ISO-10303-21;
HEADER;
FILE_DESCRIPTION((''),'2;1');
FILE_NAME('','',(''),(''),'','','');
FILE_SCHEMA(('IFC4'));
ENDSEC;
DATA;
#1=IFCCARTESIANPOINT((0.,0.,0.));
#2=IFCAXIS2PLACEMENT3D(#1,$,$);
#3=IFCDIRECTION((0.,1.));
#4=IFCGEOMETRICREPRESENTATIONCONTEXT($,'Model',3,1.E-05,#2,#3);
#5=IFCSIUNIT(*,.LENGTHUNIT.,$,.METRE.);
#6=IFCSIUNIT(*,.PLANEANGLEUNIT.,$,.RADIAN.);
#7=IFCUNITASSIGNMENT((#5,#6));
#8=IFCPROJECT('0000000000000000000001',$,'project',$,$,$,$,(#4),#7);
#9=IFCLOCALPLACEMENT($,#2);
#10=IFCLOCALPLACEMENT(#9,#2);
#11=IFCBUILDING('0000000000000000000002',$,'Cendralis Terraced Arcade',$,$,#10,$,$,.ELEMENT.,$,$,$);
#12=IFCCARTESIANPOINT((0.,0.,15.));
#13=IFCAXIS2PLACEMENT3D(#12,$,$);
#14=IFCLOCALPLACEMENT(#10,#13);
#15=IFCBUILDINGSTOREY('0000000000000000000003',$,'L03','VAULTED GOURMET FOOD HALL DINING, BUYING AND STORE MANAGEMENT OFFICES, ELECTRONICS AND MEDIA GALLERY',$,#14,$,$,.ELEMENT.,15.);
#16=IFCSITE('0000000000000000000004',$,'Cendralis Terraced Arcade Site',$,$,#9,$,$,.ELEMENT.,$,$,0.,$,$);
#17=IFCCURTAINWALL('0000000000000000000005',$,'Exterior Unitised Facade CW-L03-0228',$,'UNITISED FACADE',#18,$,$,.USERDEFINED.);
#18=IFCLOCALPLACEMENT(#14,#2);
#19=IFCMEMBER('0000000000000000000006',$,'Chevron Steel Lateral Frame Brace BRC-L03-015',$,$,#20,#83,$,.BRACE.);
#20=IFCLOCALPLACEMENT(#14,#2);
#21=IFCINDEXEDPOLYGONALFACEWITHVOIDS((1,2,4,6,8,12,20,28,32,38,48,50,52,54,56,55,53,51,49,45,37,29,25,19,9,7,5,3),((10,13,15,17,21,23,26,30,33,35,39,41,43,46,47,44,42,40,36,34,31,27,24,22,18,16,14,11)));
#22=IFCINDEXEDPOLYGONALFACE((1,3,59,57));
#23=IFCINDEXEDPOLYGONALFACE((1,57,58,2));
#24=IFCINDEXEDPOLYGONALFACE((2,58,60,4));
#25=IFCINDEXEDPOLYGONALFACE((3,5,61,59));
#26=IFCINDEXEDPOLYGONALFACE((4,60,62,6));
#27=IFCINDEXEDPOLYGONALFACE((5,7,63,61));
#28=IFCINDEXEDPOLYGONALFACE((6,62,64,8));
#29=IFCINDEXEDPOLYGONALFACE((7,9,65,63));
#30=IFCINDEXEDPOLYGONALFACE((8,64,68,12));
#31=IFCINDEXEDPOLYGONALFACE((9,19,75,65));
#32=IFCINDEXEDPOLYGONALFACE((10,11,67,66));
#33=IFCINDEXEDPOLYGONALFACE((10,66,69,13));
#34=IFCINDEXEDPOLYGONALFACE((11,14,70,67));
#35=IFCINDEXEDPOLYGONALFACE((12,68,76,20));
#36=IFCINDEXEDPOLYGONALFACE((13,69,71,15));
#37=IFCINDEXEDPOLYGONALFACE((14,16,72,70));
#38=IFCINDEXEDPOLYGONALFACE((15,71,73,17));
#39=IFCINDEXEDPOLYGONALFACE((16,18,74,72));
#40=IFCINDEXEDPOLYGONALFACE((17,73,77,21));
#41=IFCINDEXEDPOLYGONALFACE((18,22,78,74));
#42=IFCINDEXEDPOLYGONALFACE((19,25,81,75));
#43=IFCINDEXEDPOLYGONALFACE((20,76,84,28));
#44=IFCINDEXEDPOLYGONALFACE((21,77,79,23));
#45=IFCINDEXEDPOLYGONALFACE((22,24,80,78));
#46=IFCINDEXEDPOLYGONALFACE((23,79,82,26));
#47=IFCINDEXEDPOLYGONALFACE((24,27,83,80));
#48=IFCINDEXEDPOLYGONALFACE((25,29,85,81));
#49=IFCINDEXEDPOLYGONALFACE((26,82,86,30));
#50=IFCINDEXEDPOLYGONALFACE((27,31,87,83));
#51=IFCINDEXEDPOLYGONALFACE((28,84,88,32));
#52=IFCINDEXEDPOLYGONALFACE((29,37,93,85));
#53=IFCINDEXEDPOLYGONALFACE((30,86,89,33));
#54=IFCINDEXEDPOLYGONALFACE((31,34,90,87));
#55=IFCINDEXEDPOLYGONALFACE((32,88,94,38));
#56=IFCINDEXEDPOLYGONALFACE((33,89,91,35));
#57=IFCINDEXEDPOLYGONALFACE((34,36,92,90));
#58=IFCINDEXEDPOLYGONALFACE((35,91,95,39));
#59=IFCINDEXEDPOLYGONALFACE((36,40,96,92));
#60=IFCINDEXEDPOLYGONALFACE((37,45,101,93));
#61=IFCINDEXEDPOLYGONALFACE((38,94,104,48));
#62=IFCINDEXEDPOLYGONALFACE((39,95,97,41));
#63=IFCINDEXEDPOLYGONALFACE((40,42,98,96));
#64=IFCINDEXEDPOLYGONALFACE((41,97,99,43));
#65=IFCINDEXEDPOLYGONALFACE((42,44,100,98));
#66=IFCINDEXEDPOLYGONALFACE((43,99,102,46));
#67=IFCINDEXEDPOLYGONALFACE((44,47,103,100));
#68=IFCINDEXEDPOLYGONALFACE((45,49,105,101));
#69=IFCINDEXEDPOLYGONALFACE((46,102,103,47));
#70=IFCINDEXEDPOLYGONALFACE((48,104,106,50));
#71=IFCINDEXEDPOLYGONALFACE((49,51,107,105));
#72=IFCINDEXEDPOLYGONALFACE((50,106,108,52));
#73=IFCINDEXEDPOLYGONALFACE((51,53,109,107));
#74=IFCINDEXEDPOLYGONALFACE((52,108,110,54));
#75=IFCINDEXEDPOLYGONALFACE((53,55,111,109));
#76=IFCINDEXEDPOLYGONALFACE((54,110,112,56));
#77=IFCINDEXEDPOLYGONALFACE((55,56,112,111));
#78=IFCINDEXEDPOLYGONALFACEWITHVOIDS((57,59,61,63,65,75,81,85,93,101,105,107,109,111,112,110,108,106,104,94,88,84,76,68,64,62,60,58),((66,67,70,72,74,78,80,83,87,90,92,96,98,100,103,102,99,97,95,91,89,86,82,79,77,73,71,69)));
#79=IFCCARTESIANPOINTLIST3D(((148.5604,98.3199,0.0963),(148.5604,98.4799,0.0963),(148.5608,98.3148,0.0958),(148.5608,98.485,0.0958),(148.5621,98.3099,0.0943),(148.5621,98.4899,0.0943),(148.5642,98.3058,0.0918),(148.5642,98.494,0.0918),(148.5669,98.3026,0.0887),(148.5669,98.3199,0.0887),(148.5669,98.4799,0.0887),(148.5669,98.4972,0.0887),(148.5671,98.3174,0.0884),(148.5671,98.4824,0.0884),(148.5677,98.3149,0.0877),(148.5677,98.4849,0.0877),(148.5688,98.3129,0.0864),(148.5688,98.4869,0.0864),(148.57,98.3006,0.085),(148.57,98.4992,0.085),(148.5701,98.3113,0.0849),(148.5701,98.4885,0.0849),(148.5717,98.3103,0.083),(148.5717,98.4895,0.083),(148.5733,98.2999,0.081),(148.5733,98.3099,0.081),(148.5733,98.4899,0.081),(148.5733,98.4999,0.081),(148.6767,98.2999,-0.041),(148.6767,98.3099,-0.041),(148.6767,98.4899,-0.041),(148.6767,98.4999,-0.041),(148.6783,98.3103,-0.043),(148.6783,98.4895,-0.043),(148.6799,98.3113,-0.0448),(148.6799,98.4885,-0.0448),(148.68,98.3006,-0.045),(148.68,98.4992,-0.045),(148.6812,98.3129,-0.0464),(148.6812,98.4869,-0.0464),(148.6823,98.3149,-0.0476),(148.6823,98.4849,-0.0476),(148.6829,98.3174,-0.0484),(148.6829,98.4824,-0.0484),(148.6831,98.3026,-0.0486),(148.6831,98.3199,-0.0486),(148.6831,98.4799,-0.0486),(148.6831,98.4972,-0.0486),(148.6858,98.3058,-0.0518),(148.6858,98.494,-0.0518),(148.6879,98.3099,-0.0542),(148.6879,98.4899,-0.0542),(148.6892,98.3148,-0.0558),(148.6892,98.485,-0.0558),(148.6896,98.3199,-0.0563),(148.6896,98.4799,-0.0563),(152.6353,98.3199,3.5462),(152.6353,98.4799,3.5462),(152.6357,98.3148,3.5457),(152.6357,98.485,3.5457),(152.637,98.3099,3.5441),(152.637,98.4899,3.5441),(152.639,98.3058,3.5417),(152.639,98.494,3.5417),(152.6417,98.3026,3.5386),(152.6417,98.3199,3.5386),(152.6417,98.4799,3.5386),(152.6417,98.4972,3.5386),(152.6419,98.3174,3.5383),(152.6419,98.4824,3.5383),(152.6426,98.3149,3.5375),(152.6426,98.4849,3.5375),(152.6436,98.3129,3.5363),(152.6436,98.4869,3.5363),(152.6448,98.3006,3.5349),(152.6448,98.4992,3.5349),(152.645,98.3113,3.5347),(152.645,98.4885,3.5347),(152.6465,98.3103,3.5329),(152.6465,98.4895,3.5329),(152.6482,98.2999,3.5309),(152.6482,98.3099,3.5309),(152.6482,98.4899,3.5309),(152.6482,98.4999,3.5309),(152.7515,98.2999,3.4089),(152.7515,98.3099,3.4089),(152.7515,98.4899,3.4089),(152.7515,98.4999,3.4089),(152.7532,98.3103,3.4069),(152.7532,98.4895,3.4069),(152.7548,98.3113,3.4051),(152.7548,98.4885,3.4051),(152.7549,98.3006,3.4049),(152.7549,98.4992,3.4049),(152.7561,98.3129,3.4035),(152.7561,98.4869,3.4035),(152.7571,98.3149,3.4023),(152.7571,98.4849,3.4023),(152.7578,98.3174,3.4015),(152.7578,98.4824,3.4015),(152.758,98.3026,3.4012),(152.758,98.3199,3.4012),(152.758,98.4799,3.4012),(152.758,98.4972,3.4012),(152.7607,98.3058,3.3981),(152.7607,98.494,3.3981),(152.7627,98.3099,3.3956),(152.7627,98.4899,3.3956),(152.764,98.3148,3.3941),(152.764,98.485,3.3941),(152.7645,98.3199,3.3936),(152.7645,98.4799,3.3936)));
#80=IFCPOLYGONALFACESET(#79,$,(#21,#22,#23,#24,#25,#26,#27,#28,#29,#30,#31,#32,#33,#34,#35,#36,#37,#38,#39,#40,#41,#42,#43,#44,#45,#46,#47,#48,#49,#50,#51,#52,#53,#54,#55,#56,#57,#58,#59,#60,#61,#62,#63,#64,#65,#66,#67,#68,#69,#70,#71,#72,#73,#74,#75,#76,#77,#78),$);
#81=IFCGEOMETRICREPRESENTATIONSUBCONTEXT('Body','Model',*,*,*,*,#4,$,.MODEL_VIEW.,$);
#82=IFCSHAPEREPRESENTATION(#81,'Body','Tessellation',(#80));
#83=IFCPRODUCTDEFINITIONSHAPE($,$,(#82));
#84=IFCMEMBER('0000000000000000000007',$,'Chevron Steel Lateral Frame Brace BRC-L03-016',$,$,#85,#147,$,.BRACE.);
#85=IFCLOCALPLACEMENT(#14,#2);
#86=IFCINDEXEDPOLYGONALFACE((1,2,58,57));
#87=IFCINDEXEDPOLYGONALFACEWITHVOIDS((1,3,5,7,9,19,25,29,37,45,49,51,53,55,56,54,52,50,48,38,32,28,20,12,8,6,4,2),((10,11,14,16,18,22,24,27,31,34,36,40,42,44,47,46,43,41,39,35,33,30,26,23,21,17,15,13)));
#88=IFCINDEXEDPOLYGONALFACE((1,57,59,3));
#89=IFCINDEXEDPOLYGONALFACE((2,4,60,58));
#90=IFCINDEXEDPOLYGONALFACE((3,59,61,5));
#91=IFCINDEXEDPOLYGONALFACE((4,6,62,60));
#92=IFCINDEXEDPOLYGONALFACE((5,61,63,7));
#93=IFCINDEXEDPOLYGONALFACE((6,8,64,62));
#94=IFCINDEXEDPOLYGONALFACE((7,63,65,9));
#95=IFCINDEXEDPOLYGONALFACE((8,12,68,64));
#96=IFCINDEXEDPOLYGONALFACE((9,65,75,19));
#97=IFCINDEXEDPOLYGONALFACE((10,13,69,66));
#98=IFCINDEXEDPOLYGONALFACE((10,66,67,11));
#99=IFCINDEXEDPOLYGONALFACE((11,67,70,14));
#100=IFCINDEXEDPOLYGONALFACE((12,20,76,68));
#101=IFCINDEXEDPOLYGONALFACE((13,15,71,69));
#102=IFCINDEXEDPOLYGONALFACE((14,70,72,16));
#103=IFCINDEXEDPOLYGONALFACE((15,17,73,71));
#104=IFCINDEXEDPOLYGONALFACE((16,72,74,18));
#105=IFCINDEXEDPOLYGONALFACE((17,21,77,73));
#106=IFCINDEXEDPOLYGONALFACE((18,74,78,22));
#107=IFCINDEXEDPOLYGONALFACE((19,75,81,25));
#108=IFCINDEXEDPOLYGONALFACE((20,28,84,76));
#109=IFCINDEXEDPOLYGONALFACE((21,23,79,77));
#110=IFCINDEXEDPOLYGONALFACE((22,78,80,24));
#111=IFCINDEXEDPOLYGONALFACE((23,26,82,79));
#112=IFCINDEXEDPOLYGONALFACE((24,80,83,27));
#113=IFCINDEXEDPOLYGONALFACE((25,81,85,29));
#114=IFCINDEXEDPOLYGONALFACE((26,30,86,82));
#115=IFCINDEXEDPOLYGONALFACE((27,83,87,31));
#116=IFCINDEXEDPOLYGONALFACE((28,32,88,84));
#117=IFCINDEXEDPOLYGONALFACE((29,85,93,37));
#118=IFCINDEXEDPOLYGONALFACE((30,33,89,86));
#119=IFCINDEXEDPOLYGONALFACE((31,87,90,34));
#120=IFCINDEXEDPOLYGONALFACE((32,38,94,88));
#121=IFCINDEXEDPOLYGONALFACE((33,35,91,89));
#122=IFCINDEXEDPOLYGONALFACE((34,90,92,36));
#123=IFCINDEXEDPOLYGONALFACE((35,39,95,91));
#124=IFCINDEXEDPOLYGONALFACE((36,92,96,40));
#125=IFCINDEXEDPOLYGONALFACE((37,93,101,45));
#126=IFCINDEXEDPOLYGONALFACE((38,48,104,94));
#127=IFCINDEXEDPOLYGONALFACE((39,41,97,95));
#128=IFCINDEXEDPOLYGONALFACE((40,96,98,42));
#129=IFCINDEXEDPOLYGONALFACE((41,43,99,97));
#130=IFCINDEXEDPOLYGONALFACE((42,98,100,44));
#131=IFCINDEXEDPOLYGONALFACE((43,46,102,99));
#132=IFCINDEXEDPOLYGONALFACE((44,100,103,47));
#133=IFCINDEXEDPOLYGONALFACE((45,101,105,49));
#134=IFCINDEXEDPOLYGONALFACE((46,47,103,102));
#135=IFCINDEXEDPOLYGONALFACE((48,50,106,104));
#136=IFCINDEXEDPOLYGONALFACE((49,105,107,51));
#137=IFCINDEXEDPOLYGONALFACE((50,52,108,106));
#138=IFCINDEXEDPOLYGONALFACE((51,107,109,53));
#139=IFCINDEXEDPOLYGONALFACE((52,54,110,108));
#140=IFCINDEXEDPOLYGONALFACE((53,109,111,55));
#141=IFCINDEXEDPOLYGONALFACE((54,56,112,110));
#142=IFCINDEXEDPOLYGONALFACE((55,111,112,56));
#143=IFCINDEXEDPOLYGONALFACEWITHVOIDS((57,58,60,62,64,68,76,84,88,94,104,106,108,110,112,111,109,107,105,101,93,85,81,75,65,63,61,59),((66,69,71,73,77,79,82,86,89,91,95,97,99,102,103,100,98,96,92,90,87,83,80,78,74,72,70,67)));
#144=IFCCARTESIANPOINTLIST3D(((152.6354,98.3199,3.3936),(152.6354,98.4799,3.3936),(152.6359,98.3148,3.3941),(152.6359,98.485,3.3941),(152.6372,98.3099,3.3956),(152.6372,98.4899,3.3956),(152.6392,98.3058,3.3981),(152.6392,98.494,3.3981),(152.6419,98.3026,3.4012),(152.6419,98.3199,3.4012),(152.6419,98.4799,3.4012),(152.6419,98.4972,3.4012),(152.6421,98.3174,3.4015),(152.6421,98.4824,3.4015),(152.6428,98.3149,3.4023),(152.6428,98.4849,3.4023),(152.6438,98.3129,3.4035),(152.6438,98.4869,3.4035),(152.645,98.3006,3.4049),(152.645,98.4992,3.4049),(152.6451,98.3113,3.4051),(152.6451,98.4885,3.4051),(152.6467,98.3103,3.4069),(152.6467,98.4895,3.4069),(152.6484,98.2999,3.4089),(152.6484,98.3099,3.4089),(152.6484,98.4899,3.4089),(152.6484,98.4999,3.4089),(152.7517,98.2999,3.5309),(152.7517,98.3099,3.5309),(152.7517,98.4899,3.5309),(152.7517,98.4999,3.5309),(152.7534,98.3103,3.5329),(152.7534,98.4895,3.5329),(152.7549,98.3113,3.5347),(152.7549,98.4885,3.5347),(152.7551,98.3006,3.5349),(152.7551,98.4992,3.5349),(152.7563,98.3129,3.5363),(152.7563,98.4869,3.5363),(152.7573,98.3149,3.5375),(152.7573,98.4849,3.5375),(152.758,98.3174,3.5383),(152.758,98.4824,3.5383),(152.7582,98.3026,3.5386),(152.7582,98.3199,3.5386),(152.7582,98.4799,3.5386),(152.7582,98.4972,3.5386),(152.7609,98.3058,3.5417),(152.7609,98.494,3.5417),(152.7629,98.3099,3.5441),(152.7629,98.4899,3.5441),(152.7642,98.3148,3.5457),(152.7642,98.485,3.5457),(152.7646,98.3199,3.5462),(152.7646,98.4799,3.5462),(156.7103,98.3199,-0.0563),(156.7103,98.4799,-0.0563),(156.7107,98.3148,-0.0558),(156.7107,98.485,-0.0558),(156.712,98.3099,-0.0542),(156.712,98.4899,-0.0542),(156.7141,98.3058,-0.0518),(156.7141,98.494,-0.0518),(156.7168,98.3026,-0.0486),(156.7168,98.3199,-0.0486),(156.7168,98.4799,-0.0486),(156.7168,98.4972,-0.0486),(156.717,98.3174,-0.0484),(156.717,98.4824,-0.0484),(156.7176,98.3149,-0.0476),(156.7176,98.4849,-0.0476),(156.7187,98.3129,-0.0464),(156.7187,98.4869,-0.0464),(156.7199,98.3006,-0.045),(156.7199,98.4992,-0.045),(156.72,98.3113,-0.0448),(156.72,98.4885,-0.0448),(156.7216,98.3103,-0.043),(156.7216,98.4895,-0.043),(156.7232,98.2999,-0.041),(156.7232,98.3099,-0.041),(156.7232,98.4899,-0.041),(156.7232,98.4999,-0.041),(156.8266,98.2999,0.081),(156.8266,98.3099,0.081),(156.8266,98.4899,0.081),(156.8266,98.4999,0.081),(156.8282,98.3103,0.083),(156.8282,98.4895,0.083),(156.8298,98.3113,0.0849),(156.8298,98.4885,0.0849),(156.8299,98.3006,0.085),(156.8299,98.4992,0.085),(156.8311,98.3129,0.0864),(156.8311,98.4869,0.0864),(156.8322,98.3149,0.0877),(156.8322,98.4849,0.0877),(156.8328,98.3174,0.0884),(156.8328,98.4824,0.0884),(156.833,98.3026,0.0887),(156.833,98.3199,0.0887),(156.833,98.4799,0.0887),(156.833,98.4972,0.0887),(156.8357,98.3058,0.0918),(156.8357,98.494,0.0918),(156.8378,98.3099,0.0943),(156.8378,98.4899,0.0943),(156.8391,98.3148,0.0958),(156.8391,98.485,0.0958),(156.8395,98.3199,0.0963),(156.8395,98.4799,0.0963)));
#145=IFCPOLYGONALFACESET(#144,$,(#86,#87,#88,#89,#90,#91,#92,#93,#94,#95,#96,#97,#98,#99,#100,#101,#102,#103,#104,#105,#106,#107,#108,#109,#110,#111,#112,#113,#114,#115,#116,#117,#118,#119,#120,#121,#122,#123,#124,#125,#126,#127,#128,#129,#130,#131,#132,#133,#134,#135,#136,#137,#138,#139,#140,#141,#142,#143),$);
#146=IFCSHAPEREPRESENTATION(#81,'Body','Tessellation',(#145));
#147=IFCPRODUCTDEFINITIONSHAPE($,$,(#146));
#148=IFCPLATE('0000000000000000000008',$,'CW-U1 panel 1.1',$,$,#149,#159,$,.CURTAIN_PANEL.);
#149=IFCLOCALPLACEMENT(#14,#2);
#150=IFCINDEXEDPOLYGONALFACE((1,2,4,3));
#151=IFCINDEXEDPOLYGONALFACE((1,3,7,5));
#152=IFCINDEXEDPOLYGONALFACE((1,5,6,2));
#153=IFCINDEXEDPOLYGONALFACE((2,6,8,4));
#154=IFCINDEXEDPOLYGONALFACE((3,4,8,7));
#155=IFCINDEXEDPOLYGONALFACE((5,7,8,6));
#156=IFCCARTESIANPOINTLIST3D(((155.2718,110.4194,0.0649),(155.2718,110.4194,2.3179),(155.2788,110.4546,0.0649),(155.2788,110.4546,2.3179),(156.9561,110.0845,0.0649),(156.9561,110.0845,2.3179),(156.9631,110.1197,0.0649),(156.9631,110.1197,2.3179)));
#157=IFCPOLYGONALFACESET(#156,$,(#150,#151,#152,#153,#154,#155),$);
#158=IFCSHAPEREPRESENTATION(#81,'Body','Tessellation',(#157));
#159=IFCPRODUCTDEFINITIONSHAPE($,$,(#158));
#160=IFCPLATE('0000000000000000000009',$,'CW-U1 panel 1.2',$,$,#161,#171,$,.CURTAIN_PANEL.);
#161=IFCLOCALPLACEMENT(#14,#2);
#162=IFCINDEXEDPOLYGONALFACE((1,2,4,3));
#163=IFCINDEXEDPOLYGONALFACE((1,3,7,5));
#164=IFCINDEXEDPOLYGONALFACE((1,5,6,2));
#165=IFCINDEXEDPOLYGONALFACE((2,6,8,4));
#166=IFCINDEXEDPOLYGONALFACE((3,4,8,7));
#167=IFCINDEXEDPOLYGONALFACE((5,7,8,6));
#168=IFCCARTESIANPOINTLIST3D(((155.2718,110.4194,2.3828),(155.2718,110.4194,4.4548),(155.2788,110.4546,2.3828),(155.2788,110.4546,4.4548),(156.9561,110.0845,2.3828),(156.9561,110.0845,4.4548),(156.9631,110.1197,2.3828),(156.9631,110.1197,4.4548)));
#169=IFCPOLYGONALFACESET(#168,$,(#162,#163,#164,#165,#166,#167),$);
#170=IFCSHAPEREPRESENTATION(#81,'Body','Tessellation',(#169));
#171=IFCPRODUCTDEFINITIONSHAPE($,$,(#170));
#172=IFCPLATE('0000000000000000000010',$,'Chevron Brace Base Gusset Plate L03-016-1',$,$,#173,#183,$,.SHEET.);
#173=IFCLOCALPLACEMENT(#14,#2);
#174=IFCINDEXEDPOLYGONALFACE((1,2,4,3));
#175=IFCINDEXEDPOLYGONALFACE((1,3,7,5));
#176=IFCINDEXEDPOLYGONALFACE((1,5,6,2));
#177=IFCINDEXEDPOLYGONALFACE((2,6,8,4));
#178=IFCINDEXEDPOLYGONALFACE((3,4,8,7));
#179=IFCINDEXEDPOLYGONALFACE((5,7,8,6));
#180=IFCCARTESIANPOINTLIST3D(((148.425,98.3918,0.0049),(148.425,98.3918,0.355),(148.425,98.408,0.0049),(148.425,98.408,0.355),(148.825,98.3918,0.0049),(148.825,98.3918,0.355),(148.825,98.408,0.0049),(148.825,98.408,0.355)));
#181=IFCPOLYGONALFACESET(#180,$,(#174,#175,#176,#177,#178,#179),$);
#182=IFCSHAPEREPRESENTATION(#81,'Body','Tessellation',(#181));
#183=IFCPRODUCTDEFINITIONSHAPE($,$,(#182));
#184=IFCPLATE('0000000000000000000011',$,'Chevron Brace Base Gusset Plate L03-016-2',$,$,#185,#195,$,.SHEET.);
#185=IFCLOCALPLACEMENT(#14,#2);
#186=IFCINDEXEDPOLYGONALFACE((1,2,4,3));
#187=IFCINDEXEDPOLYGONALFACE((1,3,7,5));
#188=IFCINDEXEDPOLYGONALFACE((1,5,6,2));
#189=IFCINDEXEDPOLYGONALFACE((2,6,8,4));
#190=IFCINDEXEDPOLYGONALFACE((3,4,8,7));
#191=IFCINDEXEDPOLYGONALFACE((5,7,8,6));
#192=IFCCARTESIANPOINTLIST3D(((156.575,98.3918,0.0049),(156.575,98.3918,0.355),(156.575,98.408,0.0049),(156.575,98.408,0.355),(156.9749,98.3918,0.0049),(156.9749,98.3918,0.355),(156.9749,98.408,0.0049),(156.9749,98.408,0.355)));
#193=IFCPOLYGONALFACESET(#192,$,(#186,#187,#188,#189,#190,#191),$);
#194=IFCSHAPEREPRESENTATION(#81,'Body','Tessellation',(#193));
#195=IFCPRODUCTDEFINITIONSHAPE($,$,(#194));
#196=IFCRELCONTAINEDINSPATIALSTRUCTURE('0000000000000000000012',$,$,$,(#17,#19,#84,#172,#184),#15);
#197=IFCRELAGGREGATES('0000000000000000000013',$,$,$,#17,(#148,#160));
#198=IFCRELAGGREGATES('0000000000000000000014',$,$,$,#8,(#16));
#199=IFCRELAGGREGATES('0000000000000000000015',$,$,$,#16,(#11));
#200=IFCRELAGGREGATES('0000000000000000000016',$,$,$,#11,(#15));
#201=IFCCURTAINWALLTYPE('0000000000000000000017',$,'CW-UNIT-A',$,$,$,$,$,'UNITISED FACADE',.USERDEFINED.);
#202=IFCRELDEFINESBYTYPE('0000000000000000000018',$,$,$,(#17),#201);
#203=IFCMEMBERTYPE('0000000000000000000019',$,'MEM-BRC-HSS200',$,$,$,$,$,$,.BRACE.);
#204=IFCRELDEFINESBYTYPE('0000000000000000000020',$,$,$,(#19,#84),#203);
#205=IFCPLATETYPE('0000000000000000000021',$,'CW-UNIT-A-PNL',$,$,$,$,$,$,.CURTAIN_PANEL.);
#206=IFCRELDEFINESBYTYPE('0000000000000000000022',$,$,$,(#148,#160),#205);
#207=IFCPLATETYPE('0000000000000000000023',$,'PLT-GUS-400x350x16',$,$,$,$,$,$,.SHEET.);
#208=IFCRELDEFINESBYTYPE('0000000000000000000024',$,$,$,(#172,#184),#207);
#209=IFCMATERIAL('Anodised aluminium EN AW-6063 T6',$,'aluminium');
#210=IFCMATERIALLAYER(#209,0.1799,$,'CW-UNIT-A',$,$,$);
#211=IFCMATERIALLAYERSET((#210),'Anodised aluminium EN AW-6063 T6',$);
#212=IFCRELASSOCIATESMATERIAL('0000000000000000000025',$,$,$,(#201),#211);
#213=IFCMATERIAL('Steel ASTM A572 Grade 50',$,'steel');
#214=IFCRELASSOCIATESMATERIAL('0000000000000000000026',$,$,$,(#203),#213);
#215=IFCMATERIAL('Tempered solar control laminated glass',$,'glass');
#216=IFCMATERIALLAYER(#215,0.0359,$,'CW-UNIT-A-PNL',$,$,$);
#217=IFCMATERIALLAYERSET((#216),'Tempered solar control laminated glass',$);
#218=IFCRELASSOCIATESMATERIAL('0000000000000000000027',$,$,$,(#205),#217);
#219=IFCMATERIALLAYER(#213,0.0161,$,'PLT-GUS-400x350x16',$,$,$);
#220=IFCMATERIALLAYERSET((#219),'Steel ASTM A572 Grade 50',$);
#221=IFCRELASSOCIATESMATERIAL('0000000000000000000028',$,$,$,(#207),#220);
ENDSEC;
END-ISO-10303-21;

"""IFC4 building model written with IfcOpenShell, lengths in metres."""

from ifc_helpers import new_model, si_unit, direction, frame, origin, origin_2d, place, context, subcontext, project, spatial, rectangle, hollow_rectangle, extrude, material, layer, layer_set, material_profile, profile_set, type_object, element, aggregate, save


model = new_model("IFC4")

# Units and contexts
model_context = context("Model", 3, precision=1e-05, world=origin(), true_north=direction((0.0, 1.0)))
body_context = subcontext(model_context, "Body", "Model", "MODEL_VIEW")
ifc_project = project(units=[si_unit("LENGTHUNIT", "METRE"), si_unit("PLANEANGLEUNIT", "RADIAN")], contexts=[model_context])

# Site, building, storey
site_placement = place(None, origin())
site = spatial("IfcSite", under=ifc_project, at=site_placement, Name="Cendralis Terraced Arcade Site", CompositionType="ELEMENT", RefElevation=0.0)
building_placement = place(site_placement, origin())
building = spatial("IfcBuilding", under=site, at=building_placement, Name="Cendralis Terraced Arcade", CompositionType="ELEMENT")
storey_placement = place(building_placement, frame((0.0, 0.0, 15.0)))
storey = spatial("IfcBuildingStorey", under=building, at=storey_placement, Name="L03", Description="VAULTED GOURMET FOOD HALL DINING, BUYING AND STORE MANAGEMENT OFFICES, ELECTRONICS AND MEDIA GALLERY", CompositionType="ELEMENT", Elevation=15.0)

# Curtain wall
ifc_material_1 = material(Name="Anodised aluminium EN AW-6063 T6", Category="aluminium")
ifc_layer_1 = layer(ifc_material_1, 0.1799, Name="CW-UNIT-A")
ifc_layer_set_1 = layer_set([ifc_layer_1], Name="Anodised aluminium EN AW-6063 T6")
curtain_wall_type = type_object("IfcCurtainWallType", Name="CW-UNIT-A", ElementType="UNITISED FACADE", PredefinedType="USERDEFINED", material=ifc_layer_set_1)
curtain_wall_placement = place(storey_placement, origin())
curtain_wall = element("IfcCurtainWall", 1, at=curtain_wall_placement, inside=storey, type_object=curtain_wall_type, Name="Exterior Unitised Facade CW-L03-0228", ObjectType="UNITISED FACADE", PredefinedType="USERDEFINED")

# Members
ifc_material_2 = material(Name="Steel ASTM A572 Grade 50", Category="steel")
ifc_material_profile_1 = material_profile(ifc_material_2, hollow_rectangle(XDim=0.2, YDim=0.2, WallThickness=0.01, InnerFilletRadius=0.01, OuterFilletRadius=0.02, at=origin_2d()), Name="HSS200X200X10", Category="LoadBearing")
ifc_profile_set_1 = profile_set([ifc_material_profile_1], Name="Steel ASTM A572 Grade 50")
member_type_1 = type_object("IfcMemberType", Name="MEM-BRC-HSS200", PredefinedType="BRACE", material=ifc_profile_set_1)
for number, where, z_axis, x_axis, name in (
    (2, (148.625, 98.3999, 0.02), (0.763209, 0.0, 0.646151), (0.0, 1.0, 0.0), "Chevron Steel Lateral Frame Brace BRC-L03-015"),
    (3, (156.7749, 98.3999, 0.02), (-0.763209, 0.0, 0.646151), (0.0, -1.0, 0.0), "Chevron Steel Lateral Frame Brace BRC-L03-016"),
):
    element("IfcMember", number, at=place(storey_placement, frame(where, z_axis=z_axis, x_axis=x_axis)), inside=storey, type_object=member_type_1, Name=name, PredefinedType="BRACE", context=body_context, shape_type="SweptSolid", body=[
        extrude(hollow_rectangle(XDim=0.2, YDim=0.2, WallThickness=0.01, InnerFilletRadius=0.01, OuterFilletRadius=0.02, at=origin_2d()), origin(), (0.0, 0.0, 1.0), 5.3391),
    ])

# Plates
ifc_material_3 = material(Name="Tempered solar control laminated glass", Category="glass")
ifc_layer_2 = layer(ifc_material_3, 0.0359, Name="CW-UNIT-A-PNL")
ifc_layer_set_2 = layer_set([ifc_layer_2], Name="Tempered solar control laminated glass")
plate_type_1 = type_object("IfcPlateType", Name="CW-UNIT-A-PNL", PredefinedType="CURTAIN_PANEL", material=ifc_layer_set_2)
plate_1_placement = place(storey_placement, frame((156.1174, 110.2695, 0.0649), z_axis=(0.0, 0.0, 1.0), x_axis=(0.980797, -0.195033, 0.0)))
plate_1 = element("IfcPlate", 4, at=plate_1_placement, type_object=plate_type_1, Name="CW-U1 panel 1.1", PredefinedType="CURTAIN_PANEL", context=body_context, shape_type="SweptSolid", body=[
    extrude(rectangle(XDim=1.7173, YDim=0.0359, at=origin_2d()), origin(), (0.0, 0.0, 1.0), 2.2529),
])
plate_2_placement = place(storey_placement, frame((156.1174, 110.2695, 2.3828), z_axis=(0.0, 0.0, 1.0), x_axis=(0.980797, -0.195033, 0.0)))
plate_2 = element("IfcPlate", 5, at=plate_2_placement, type_object=plate_type_1, Name="CW-U1 panel 1.2", PredefinedType="CURTAIN_PANEL", context=body_context, shape_type="SweptSolid", body=[
    extrude(rectangle(XDim=1.7173, YDim=0.0359, at=origin_2d()), origin(), (0.0, 0.0, 1.0), 2.072),
])
aggregate(curtain_wall, [plate_1, plate_2])

# Plates
ifc_layer_3 = layer(ifc_material_2, 0.0161, Name="PLT-GUS-400x350x16")
ifc_layer_set_3 = layer_set([ifc_layer_3], Name="Steel ASTM A572 Grade 50")
plate_type_2 = type_object("IfcPlateType", Name="PLT-GUS-400x350x16", PredefinedType="SHEET", material=ifc_layer_set_3)
for number, where, z_axis, x_axis, name in (
    (6, (148.625, 98.3999, 0.0049), (0.0, 0.0, 1.0), (1.0, 0.0, 0.0), "Chevron Brace Base Gusset Plate L03-016-1"),
    (7, (156.7749, 98.3999, 0.0049), (0.0, 0.0, 1.0), (1.0, 0.0, 0.0), "Chevron Brace Base Gusset Plate L03-016-2"),
):
    element("IfcPlate", number, at=place(storey_placement, frame(where, z_axis=z_axis, x_axis=x_axis)), inside=storey, type_object=plate_type_2, Name=name, PredefinedType="SHEET", context=body_context, shape_type="SweptSolid", body=[
        extrude(rectangle(XDim=0.3999, YDim=0.0161, at=origin_2d()), origin(), (0.0, 0.0, 1.0), 0.3501),
    ])

save(model, "model.ifc")
